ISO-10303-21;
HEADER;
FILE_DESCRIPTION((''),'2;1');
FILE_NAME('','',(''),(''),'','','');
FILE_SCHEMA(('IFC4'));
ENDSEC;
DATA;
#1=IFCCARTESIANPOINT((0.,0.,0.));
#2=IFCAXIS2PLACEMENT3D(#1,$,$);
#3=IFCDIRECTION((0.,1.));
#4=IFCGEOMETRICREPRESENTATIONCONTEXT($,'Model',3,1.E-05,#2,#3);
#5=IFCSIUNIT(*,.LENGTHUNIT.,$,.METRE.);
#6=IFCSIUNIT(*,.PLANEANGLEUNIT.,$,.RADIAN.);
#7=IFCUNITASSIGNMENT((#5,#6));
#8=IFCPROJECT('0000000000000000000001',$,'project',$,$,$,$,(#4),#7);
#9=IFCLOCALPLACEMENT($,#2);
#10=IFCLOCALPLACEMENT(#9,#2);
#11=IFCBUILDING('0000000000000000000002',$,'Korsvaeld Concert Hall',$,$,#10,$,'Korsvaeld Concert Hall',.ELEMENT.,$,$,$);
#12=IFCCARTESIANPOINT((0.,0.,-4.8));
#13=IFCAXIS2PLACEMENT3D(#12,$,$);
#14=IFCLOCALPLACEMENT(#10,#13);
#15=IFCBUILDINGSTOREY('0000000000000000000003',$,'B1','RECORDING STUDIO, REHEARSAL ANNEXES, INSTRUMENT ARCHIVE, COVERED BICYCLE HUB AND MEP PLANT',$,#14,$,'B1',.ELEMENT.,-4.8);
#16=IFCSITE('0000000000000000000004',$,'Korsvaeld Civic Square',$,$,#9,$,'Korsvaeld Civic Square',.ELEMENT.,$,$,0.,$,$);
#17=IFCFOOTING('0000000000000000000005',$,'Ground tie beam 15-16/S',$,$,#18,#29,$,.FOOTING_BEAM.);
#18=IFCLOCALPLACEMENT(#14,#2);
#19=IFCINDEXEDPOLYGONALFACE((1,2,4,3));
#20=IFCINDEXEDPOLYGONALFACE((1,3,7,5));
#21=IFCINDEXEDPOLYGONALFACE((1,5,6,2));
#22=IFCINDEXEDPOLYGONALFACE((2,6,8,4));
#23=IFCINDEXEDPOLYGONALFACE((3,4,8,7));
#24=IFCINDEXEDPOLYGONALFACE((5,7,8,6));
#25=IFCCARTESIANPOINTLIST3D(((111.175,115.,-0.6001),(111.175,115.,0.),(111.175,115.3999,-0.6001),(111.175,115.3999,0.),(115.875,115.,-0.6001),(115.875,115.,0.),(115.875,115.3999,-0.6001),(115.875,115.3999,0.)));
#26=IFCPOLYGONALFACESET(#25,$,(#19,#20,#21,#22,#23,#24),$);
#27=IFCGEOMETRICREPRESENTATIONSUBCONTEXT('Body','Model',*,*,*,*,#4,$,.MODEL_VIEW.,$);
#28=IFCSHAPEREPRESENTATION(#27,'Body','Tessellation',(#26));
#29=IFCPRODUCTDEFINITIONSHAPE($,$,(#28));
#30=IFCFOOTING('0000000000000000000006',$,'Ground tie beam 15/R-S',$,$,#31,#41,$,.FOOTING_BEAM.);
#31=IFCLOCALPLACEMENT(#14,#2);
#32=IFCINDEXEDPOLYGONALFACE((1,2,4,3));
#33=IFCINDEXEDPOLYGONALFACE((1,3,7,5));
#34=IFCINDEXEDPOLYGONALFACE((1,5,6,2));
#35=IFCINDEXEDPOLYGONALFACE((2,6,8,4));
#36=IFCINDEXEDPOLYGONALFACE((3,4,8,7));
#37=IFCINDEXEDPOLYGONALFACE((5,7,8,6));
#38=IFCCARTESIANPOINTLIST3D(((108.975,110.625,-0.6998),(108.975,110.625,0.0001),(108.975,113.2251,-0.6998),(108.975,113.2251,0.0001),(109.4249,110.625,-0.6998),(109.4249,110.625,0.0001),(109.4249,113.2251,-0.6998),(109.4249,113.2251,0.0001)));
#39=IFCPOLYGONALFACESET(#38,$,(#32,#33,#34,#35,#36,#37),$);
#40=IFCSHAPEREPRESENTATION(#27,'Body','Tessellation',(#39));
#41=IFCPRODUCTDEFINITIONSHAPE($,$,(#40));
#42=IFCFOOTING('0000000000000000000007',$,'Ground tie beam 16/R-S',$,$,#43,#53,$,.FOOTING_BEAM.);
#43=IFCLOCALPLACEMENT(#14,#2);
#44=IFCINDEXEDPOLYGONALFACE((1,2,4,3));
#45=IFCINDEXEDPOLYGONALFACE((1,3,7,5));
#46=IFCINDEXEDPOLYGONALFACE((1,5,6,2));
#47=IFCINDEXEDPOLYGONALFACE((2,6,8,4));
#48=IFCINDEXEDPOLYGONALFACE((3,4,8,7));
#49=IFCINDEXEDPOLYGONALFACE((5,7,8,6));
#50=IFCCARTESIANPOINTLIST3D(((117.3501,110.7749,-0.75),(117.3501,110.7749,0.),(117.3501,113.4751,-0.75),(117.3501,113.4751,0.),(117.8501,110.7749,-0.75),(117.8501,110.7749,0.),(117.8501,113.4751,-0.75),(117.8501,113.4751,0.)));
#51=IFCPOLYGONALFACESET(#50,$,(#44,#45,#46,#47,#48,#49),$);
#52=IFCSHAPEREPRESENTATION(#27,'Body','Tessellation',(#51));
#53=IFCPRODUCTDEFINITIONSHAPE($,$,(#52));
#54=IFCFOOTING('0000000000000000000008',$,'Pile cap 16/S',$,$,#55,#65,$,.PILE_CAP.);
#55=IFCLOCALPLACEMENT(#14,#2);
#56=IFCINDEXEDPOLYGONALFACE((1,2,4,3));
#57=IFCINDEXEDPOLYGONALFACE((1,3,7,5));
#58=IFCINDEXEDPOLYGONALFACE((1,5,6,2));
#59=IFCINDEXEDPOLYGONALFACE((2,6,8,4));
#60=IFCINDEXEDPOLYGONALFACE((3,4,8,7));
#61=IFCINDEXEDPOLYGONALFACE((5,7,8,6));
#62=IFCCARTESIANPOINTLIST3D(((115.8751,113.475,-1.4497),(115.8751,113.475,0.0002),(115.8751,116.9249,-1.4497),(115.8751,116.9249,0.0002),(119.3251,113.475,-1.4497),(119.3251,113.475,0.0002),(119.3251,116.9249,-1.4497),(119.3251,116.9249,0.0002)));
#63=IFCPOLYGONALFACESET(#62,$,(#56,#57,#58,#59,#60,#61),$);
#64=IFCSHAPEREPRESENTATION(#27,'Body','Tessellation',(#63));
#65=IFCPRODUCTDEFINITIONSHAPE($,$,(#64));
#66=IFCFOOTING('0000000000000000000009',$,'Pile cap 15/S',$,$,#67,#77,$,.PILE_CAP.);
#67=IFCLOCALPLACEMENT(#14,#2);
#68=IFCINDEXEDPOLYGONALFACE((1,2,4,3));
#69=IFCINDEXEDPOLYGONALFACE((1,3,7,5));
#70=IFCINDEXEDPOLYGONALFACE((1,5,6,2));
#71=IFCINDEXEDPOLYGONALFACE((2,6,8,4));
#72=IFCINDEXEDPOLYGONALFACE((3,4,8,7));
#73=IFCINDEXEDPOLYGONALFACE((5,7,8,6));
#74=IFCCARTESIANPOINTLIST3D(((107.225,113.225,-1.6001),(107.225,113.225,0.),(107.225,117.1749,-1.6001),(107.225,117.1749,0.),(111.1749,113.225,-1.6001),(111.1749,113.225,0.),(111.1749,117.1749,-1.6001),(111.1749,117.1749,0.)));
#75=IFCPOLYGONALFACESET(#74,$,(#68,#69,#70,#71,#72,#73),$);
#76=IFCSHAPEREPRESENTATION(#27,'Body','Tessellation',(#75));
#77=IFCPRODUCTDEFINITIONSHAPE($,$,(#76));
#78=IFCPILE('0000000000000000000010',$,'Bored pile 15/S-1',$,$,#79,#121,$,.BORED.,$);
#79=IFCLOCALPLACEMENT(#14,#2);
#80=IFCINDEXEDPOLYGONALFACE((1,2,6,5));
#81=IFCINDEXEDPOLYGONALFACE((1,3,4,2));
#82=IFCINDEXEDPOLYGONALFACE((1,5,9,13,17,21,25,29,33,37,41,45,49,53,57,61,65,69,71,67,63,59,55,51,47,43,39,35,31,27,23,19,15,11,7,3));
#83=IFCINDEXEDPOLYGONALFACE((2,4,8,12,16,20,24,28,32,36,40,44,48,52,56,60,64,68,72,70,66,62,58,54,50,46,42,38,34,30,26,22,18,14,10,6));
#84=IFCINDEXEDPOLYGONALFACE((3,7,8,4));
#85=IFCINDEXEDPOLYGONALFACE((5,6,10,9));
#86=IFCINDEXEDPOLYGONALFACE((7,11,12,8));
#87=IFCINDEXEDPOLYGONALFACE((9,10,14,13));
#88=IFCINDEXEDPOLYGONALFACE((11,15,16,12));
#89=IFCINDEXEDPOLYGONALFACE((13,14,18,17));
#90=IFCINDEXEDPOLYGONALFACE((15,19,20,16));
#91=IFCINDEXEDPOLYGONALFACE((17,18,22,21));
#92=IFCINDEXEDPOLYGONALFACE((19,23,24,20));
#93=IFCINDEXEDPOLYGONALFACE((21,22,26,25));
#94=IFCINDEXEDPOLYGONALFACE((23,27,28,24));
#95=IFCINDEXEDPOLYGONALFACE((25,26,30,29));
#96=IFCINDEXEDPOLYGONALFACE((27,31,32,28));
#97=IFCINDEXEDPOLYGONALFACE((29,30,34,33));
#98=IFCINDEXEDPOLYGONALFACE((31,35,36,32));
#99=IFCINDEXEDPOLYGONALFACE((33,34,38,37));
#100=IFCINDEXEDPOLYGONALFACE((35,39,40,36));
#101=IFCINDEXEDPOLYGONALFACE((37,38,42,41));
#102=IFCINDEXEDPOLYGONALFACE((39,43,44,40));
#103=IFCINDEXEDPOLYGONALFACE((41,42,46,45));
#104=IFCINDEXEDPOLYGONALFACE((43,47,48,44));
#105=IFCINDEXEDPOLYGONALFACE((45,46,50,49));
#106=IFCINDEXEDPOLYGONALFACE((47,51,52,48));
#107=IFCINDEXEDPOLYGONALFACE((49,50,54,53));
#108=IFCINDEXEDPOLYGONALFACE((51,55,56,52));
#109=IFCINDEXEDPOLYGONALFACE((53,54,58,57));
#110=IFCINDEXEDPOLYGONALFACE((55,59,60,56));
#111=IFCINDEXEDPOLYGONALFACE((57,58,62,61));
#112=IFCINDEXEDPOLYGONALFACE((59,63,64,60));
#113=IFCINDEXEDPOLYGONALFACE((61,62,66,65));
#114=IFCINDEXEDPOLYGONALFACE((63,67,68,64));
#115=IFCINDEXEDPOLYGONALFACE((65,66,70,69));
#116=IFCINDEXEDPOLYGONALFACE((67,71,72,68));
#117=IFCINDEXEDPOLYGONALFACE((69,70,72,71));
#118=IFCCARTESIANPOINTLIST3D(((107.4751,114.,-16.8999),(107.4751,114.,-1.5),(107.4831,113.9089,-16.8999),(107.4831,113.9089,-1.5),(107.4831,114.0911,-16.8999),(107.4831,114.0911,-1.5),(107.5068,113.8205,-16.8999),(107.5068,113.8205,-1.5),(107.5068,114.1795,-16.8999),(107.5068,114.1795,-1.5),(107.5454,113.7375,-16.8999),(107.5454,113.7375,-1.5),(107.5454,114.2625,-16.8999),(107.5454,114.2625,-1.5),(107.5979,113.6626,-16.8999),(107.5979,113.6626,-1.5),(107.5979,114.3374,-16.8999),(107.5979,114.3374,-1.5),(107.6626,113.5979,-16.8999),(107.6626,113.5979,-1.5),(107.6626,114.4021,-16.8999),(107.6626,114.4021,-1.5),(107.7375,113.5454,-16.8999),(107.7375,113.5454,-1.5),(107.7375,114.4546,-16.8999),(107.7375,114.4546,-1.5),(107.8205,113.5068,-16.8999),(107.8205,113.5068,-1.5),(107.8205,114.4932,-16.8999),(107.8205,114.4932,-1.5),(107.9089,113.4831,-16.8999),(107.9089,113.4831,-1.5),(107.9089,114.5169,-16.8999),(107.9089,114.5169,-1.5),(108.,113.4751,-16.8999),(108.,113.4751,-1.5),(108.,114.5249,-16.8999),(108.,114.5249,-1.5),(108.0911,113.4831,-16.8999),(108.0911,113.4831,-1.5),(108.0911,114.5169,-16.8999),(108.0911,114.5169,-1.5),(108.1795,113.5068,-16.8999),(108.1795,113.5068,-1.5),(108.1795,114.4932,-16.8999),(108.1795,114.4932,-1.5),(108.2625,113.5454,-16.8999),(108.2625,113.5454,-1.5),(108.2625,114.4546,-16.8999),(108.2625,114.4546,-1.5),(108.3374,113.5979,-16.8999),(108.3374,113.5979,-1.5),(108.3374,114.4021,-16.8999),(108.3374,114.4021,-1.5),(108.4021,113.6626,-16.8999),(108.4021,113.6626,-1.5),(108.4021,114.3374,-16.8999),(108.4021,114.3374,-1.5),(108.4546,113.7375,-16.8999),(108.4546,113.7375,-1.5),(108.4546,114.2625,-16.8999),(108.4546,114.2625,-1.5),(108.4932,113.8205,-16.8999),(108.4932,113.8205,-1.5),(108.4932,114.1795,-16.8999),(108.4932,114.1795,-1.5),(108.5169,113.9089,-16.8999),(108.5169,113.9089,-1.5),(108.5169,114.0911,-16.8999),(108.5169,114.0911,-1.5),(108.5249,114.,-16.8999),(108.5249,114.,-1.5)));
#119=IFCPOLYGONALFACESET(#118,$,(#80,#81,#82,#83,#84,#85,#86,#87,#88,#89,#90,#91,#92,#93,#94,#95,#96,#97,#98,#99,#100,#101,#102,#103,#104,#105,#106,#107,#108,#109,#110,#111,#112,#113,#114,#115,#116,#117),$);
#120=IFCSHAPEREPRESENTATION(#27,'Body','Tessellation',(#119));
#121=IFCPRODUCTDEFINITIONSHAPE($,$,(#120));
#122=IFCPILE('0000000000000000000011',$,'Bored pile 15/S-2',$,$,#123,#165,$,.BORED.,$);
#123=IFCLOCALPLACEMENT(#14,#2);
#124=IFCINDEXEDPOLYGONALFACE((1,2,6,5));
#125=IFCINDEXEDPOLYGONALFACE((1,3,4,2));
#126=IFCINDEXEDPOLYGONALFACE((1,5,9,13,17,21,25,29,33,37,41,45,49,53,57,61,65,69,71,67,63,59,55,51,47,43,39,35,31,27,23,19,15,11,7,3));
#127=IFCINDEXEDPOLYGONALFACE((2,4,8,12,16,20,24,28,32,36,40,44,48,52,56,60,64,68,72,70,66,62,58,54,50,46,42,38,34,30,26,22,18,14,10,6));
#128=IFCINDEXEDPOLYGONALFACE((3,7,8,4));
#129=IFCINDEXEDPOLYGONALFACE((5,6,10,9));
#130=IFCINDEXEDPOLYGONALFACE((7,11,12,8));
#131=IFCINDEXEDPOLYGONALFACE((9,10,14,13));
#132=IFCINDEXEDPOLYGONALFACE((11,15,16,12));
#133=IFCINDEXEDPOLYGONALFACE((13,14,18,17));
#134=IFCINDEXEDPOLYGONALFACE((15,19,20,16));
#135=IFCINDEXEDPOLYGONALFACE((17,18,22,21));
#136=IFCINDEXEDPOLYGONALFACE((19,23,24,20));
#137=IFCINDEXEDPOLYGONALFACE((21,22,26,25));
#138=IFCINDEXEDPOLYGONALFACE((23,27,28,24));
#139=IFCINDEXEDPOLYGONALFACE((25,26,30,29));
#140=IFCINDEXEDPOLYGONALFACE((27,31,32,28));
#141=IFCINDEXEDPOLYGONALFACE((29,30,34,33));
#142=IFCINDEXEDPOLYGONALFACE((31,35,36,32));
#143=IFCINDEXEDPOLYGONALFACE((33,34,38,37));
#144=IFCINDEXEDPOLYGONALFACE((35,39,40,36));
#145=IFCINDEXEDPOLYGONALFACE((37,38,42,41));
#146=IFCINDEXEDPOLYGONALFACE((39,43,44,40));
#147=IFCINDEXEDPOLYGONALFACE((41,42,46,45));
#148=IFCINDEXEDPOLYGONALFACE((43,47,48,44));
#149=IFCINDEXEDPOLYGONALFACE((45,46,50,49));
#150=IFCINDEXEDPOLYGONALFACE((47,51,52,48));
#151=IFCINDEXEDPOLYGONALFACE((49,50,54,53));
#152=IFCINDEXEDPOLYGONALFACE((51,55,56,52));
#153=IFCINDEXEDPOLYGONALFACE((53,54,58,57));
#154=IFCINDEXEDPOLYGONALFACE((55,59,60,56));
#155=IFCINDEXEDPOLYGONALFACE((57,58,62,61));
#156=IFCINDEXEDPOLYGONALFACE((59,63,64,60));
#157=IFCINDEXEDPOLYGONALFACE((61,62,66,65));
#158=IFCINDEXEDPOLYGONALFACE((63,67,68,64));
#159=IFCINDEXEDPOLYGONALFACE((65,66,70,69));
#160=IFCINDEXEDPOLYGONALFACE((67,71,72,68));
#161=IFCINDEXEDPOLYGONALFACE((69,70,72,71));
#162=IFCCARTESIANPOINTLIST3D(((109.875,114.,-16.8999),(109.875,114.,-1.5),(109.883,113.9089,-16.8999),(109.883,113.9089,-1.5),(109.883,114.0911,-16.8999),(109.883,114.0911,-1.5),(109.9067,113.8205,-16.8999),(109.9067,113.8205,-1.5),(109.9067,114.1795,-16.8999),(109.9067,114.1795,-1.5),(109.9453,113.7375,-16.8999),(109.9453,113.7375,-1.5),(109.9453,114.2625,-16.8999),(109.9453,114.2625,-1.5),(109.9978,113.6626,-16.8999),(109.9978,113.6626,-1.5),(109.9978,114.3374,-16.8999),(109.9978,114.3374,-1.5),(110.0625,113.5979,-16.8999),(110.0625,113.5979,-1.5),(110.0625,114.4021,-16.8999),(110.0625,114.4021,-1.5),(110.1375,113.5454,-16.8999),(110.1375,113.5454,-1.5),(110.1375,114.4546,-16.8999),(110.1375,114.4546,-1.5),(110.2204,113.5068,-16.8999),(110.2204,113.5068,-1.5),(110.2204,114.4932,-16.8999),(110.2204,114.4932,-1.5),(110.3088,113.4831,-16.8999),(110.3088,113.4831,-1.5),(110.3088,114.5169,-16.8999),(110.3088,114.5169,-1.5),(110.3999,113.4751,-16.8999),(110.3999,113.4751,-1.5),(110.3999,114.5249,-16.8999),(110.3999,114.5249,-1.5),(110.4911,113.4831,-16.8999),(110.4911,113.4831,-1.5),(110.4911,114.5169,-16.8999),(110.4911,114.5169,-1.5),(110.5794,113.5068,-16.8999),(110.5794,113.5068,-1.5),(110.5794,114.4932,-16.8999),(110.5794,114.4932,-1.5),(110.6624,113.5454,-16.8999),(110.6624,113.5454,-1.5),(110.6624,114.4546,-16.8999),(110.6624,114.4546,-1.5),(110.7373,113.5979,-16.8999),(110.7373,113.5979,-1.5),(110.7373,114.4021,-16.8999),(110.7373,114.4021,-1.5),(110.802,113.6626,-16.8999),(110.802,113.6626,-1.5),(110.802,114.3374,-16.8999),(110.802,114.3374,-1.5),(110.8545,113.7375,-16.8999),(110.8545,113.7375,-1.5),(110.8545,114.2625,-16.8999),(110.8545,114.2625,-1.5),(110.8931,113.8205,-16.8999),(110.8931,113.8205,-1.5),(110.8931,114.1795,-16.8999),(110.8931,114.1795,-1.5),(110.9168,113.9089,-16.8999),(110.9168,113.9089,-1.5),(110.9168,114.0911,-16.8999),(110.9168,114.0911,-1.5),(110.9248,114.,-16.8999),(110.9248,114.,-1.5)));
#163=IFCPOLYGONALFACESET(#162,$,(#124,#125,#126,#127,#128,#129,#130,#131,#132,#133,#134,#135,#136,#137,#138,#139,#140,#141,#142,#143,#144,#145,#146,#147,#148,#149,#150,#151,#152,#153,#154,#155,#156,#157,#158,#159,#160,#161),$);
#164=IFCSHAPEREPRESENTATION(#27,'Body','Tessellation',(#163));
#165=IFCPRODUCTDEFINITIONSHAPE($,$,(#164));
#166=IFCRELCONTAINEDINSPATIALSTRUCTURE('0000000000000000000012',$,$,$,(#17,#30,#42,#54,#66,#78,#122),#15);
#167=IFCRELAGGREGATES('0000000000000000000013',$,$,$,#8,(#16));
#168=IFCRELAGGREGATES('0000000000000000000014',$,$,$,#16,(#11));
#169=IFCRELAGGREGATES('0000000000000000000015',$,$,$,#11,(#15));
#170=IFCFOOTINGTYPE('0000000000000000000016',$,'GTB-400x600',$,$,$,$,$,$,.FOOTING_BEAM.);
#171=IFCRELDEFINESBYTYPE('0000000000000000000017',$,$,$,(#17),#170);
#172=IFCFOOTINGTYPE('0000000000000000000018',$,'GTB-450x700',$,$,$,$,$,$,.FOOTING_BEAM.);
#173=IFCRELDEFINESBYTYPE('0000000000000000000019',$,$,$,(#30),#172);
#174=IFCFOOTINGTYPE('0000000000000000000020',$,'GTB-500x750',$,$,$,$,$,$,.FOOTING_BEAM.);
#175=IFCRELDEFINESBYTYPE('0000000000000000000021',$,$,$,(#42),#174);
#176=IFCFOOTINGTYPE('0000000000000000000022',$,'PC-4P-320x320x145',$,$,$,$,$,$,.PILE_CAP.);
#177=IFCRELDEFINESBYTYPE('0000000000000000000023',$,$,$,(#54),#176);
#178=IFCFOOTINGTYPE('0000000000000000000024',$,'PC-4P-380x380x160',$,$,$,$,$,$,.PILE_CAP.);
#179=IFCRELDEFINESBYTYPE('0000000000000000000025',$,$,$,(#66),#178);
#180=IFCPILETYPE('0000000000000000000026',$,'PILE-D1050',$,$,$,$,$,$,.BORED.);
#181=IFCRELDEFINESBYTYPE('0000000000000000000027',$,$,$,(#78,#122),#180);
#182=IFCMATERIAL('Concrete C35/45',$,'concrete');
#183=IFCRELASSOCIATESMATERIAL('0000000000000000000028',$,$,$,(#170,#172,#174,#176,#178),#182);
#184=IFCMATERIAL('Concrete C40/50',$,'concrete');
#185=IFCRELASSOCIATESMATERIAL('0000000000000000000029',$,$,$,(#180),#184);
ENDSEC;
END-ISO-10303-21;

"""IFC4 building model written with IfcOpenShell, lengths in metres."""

from ifc_helpers import new_model, si_unit, direction, frame, origin, origin_2d, place, context, subcontext, project, spatial, rectangle, circle, extrude, material, material_profile, profile_set, type_object, element, save


model = new_model("IFC4")

# Units and contexts
model_context = context("Model", 3, precision=1e-05, world=origin(), true_north=direction((0.0, 1.0)))
body_context = subcontext(model_context, "Body", "Model", "MODEL_VIEW")
ifc_project = project(units=[si_unit("LENGTHUNIT", "METRE"), si_unit("PLANEANGLEUNIT", "RADIAN")], contexts=[model_context])

# Site, building, storey
site_placement = place(None, origin())
site = spatial("IfcSite", under=ifc_project, at=site_placement, Name="Korsvaeld Civic Square", LongName="Korsvaeld Civic Square", CompositionType="ELEMENT", RefElevation=0.0)
building_placement = place(site_placement, origin())
building = spatial("IfcBuilding", under=site, at=building_placement, Name="Korsvaeld Concert Hall", LongName="Korsvaeld Concert Hall", CompositionType="ELEMENT")
storey_placement = place(building_placement, frame((0.0, 0.0, -4.8)))
storey = spatial("IfcBuildingStorey", under=building, at=storey_placement, Name="B1", Description="RECORDING STUDIO, REHEARSAL ANNEXES, INSTRUMENT ARCHIVE, COVERED BICYCLE HUB AND MEP PLANT", LongName="B1", CompositionType="ELEMENT", Elevation=-4.8)

# Footings
ifc_material_1 = material(Name="Concrete C35/45", Category="concrete")
ifc_material_profile_1 = material_profile(ifc_material_1, rectangle(XDim=0.3999, YDim=0.6001, at=origin_2d()), Name="GTB 400x600")
ifc_profile_set_1 = profile_set([ifc_material_profile_1], Name="Concrete C35/45")
footing_type_1 = type_object("IfcFootingType", Name="GTB-400x600", PredefinedType="FOOTING_BEAM", material=ifc_profile_set_1)
footing_1_placement = place(storey_placement, frame((111.175, 115.2, -0.3), z_axis=(1.0, 0.0, 0.0), x_axis=(0.0, 1.0, 0.0)))
element("IfcFooting", 1, at=footing_1_placement, inside=storey, type_object=footing_type_1, Name="Ground tie beam 15-16/S", PredefinedType="FOOTING_BEAM", context=body_context, shape_type="SweptSolid", body=[
    extrude(rectangle(XDim=0.3999, YDim=0.6001, at=origin_2d()), origin(), (0.0, 0.0, 1.0), 4.7),
])
ifc_material_profile_2 = material_profile(ifc_material_1, rectangle(XDim=0.45, YDim=0.7, at=origin_2d()), Name="GTB 450x700")
ifc_profile_set_2 = profile_set([ifc_material_profile_2], Name="Concrete C35/45")
footing_type_2 = type_object("IfcFootingType", Name="GTB-450x700", PredefinedType="FOOTING_BEAM", material=ifc_profile_set_2)
footing_2_placement = place(storey_placement, frame((109.2, 110.625, -0.3499), z_axis=(0.0, 1.0, 0.0), x_axis=(-1.0, 0.0, 0.0)))
element("IfcFooting", 2, at=footing_2_placement, inside=storey, type_object=footing_type_2, Name="Ground tie beam 15/R-S", PredefinedType="FOOTING_BEAM", context=body_context, shape_type="SweptSolid", body=[
    extrude(rectangle(XDim=0.45, YDim=0.7, at=origin_2d()), origin(), (0.0, 0.0, 1.0), 2.6001),
])
ifc_material_profile_3 = material_profile(ifc_material_1, rectangle(XDim=0.5, YDim=0.75, at=origin_2d()), Name="GTB 500x750")
ifc_profile_set_3 = profile_set([ifc_material_profile_3], Name="Concrete C35/45")
footing_type_3 = type_object("IfcFootingType", Name="GTB-500x750", PredefinedType="FOOTING_BEAM", material=ifc_profile_set_3)
footing_3_placement = place(storey_placement, frame((117.6001, 110.7749, -0.375), z_axis=(0.0, 1.0, 0.0), x_axis=(-1.0, 0.0, 0.0)))
element("IfcFooting", 3, at=footing_3_placement, inside=storey, type_object=footing_type_3, Name="Ground tie beam 16/R-S", PredefinedType="FOOTING_BEAM", context=body_context, shape_type="SweptSolid", body=[
    extrude(rectangle(XDim=0.5, YDim=0.75, at=origin_2d()), origin(), (0.0, 0.0, 1.0), 2.7002),
])
footing_type_4 = type_object("IfcFootingType", Name="PC-4P-320x320x145", PredefinedType="PILE_CAP", material=ifc_material_1)
footing_4_placement = place(storey_placement, frame((117.6001, 115.2, -1.4497), z_axis=(0.0, 0.0, 1.0), x_axis=(1.0, 0.0, 0.0)))
element("IfcFooting", 4, at=footing_4_placement, inside=storey, type_object=footing_type_4, Name="Pile cap 16/S", PredefinedType="PILE_CAP", context=body_context, shape_type="SweptSolid", body=[
    extrude(rectangle(XDim=3.45, YDim=3.45, at=origin_2d()), origin(), (0.0, 0.0, 1.0), 1.45),
])
footing_type_5 = type_object("IfcFootingType", Name="PC-4P-380x380x160", PredefinedType="PILE_CAP", material=ifc_material_1)
footing_5_placement = place(storey_placement, frame((109.2, 115.2, -1.6001), z_axis=(0.0, 0.0, 1.0), x_axis=(1.0, 0.0, 0.0)))
element("IfcFooting", 5, at=footing_5_placement, inside=storey, type_object=footing_type_5, Name="Pile cap 15/S", PredefinedType="PILE_CAP", context=body_context, shape_type="SweptSolid", body=[
    extrude(rectangle(XDim=3.95, YDim=3.95, at=origin_2d()), origin(), (0.0, 0.0, 1.0), 1.6001),
])

# Piles
ifc_material_2 = material(Name="Concrete C40/50", Category="concrete")
ifc_material_profile_4 = material_profile(ifc_material_2, circle(Radius=0.5249, at=origin_2d()), Name="BORED PILE D1050")
ifc_profile_set_4 = profile_set([ifc_material_profile_4], Name="Concrete C40/50")
pile_type_1 = type_object("IfcPileType", Name="PILE-D1050", PredefinedType="BORED", material=ifc_profile_set_4)
for number, where, z_axis, x_axis, name in (
    (6, (108.0, 114.0, -1.5), (0.0, 0.0, -1.0), (1.0, 0.0, 0.0), "Bored pile 15/S-1"),
    (7, (110.3999, 114.0, -1.5), (0.0, 0.0, -1.0), (1.0, 0.0, 0.0), "Bored pile 15/S-2"),
):
    element("IfcPile", number, at=place(storey_placement, frame(where, z_axis=z_axis, x_axis=x_axis)), inside=storey, type_object=pile_type_1, Name=name, PredefinedType="BORED", context=body_context, shape_type="SweptSolid", body=[
        extrude(circle(Radius=0.5249, at=origin_2d()), origin(), (0.0, 0.0, 1.0), 15.3999),
    ])

save(model, "model.ifc")
